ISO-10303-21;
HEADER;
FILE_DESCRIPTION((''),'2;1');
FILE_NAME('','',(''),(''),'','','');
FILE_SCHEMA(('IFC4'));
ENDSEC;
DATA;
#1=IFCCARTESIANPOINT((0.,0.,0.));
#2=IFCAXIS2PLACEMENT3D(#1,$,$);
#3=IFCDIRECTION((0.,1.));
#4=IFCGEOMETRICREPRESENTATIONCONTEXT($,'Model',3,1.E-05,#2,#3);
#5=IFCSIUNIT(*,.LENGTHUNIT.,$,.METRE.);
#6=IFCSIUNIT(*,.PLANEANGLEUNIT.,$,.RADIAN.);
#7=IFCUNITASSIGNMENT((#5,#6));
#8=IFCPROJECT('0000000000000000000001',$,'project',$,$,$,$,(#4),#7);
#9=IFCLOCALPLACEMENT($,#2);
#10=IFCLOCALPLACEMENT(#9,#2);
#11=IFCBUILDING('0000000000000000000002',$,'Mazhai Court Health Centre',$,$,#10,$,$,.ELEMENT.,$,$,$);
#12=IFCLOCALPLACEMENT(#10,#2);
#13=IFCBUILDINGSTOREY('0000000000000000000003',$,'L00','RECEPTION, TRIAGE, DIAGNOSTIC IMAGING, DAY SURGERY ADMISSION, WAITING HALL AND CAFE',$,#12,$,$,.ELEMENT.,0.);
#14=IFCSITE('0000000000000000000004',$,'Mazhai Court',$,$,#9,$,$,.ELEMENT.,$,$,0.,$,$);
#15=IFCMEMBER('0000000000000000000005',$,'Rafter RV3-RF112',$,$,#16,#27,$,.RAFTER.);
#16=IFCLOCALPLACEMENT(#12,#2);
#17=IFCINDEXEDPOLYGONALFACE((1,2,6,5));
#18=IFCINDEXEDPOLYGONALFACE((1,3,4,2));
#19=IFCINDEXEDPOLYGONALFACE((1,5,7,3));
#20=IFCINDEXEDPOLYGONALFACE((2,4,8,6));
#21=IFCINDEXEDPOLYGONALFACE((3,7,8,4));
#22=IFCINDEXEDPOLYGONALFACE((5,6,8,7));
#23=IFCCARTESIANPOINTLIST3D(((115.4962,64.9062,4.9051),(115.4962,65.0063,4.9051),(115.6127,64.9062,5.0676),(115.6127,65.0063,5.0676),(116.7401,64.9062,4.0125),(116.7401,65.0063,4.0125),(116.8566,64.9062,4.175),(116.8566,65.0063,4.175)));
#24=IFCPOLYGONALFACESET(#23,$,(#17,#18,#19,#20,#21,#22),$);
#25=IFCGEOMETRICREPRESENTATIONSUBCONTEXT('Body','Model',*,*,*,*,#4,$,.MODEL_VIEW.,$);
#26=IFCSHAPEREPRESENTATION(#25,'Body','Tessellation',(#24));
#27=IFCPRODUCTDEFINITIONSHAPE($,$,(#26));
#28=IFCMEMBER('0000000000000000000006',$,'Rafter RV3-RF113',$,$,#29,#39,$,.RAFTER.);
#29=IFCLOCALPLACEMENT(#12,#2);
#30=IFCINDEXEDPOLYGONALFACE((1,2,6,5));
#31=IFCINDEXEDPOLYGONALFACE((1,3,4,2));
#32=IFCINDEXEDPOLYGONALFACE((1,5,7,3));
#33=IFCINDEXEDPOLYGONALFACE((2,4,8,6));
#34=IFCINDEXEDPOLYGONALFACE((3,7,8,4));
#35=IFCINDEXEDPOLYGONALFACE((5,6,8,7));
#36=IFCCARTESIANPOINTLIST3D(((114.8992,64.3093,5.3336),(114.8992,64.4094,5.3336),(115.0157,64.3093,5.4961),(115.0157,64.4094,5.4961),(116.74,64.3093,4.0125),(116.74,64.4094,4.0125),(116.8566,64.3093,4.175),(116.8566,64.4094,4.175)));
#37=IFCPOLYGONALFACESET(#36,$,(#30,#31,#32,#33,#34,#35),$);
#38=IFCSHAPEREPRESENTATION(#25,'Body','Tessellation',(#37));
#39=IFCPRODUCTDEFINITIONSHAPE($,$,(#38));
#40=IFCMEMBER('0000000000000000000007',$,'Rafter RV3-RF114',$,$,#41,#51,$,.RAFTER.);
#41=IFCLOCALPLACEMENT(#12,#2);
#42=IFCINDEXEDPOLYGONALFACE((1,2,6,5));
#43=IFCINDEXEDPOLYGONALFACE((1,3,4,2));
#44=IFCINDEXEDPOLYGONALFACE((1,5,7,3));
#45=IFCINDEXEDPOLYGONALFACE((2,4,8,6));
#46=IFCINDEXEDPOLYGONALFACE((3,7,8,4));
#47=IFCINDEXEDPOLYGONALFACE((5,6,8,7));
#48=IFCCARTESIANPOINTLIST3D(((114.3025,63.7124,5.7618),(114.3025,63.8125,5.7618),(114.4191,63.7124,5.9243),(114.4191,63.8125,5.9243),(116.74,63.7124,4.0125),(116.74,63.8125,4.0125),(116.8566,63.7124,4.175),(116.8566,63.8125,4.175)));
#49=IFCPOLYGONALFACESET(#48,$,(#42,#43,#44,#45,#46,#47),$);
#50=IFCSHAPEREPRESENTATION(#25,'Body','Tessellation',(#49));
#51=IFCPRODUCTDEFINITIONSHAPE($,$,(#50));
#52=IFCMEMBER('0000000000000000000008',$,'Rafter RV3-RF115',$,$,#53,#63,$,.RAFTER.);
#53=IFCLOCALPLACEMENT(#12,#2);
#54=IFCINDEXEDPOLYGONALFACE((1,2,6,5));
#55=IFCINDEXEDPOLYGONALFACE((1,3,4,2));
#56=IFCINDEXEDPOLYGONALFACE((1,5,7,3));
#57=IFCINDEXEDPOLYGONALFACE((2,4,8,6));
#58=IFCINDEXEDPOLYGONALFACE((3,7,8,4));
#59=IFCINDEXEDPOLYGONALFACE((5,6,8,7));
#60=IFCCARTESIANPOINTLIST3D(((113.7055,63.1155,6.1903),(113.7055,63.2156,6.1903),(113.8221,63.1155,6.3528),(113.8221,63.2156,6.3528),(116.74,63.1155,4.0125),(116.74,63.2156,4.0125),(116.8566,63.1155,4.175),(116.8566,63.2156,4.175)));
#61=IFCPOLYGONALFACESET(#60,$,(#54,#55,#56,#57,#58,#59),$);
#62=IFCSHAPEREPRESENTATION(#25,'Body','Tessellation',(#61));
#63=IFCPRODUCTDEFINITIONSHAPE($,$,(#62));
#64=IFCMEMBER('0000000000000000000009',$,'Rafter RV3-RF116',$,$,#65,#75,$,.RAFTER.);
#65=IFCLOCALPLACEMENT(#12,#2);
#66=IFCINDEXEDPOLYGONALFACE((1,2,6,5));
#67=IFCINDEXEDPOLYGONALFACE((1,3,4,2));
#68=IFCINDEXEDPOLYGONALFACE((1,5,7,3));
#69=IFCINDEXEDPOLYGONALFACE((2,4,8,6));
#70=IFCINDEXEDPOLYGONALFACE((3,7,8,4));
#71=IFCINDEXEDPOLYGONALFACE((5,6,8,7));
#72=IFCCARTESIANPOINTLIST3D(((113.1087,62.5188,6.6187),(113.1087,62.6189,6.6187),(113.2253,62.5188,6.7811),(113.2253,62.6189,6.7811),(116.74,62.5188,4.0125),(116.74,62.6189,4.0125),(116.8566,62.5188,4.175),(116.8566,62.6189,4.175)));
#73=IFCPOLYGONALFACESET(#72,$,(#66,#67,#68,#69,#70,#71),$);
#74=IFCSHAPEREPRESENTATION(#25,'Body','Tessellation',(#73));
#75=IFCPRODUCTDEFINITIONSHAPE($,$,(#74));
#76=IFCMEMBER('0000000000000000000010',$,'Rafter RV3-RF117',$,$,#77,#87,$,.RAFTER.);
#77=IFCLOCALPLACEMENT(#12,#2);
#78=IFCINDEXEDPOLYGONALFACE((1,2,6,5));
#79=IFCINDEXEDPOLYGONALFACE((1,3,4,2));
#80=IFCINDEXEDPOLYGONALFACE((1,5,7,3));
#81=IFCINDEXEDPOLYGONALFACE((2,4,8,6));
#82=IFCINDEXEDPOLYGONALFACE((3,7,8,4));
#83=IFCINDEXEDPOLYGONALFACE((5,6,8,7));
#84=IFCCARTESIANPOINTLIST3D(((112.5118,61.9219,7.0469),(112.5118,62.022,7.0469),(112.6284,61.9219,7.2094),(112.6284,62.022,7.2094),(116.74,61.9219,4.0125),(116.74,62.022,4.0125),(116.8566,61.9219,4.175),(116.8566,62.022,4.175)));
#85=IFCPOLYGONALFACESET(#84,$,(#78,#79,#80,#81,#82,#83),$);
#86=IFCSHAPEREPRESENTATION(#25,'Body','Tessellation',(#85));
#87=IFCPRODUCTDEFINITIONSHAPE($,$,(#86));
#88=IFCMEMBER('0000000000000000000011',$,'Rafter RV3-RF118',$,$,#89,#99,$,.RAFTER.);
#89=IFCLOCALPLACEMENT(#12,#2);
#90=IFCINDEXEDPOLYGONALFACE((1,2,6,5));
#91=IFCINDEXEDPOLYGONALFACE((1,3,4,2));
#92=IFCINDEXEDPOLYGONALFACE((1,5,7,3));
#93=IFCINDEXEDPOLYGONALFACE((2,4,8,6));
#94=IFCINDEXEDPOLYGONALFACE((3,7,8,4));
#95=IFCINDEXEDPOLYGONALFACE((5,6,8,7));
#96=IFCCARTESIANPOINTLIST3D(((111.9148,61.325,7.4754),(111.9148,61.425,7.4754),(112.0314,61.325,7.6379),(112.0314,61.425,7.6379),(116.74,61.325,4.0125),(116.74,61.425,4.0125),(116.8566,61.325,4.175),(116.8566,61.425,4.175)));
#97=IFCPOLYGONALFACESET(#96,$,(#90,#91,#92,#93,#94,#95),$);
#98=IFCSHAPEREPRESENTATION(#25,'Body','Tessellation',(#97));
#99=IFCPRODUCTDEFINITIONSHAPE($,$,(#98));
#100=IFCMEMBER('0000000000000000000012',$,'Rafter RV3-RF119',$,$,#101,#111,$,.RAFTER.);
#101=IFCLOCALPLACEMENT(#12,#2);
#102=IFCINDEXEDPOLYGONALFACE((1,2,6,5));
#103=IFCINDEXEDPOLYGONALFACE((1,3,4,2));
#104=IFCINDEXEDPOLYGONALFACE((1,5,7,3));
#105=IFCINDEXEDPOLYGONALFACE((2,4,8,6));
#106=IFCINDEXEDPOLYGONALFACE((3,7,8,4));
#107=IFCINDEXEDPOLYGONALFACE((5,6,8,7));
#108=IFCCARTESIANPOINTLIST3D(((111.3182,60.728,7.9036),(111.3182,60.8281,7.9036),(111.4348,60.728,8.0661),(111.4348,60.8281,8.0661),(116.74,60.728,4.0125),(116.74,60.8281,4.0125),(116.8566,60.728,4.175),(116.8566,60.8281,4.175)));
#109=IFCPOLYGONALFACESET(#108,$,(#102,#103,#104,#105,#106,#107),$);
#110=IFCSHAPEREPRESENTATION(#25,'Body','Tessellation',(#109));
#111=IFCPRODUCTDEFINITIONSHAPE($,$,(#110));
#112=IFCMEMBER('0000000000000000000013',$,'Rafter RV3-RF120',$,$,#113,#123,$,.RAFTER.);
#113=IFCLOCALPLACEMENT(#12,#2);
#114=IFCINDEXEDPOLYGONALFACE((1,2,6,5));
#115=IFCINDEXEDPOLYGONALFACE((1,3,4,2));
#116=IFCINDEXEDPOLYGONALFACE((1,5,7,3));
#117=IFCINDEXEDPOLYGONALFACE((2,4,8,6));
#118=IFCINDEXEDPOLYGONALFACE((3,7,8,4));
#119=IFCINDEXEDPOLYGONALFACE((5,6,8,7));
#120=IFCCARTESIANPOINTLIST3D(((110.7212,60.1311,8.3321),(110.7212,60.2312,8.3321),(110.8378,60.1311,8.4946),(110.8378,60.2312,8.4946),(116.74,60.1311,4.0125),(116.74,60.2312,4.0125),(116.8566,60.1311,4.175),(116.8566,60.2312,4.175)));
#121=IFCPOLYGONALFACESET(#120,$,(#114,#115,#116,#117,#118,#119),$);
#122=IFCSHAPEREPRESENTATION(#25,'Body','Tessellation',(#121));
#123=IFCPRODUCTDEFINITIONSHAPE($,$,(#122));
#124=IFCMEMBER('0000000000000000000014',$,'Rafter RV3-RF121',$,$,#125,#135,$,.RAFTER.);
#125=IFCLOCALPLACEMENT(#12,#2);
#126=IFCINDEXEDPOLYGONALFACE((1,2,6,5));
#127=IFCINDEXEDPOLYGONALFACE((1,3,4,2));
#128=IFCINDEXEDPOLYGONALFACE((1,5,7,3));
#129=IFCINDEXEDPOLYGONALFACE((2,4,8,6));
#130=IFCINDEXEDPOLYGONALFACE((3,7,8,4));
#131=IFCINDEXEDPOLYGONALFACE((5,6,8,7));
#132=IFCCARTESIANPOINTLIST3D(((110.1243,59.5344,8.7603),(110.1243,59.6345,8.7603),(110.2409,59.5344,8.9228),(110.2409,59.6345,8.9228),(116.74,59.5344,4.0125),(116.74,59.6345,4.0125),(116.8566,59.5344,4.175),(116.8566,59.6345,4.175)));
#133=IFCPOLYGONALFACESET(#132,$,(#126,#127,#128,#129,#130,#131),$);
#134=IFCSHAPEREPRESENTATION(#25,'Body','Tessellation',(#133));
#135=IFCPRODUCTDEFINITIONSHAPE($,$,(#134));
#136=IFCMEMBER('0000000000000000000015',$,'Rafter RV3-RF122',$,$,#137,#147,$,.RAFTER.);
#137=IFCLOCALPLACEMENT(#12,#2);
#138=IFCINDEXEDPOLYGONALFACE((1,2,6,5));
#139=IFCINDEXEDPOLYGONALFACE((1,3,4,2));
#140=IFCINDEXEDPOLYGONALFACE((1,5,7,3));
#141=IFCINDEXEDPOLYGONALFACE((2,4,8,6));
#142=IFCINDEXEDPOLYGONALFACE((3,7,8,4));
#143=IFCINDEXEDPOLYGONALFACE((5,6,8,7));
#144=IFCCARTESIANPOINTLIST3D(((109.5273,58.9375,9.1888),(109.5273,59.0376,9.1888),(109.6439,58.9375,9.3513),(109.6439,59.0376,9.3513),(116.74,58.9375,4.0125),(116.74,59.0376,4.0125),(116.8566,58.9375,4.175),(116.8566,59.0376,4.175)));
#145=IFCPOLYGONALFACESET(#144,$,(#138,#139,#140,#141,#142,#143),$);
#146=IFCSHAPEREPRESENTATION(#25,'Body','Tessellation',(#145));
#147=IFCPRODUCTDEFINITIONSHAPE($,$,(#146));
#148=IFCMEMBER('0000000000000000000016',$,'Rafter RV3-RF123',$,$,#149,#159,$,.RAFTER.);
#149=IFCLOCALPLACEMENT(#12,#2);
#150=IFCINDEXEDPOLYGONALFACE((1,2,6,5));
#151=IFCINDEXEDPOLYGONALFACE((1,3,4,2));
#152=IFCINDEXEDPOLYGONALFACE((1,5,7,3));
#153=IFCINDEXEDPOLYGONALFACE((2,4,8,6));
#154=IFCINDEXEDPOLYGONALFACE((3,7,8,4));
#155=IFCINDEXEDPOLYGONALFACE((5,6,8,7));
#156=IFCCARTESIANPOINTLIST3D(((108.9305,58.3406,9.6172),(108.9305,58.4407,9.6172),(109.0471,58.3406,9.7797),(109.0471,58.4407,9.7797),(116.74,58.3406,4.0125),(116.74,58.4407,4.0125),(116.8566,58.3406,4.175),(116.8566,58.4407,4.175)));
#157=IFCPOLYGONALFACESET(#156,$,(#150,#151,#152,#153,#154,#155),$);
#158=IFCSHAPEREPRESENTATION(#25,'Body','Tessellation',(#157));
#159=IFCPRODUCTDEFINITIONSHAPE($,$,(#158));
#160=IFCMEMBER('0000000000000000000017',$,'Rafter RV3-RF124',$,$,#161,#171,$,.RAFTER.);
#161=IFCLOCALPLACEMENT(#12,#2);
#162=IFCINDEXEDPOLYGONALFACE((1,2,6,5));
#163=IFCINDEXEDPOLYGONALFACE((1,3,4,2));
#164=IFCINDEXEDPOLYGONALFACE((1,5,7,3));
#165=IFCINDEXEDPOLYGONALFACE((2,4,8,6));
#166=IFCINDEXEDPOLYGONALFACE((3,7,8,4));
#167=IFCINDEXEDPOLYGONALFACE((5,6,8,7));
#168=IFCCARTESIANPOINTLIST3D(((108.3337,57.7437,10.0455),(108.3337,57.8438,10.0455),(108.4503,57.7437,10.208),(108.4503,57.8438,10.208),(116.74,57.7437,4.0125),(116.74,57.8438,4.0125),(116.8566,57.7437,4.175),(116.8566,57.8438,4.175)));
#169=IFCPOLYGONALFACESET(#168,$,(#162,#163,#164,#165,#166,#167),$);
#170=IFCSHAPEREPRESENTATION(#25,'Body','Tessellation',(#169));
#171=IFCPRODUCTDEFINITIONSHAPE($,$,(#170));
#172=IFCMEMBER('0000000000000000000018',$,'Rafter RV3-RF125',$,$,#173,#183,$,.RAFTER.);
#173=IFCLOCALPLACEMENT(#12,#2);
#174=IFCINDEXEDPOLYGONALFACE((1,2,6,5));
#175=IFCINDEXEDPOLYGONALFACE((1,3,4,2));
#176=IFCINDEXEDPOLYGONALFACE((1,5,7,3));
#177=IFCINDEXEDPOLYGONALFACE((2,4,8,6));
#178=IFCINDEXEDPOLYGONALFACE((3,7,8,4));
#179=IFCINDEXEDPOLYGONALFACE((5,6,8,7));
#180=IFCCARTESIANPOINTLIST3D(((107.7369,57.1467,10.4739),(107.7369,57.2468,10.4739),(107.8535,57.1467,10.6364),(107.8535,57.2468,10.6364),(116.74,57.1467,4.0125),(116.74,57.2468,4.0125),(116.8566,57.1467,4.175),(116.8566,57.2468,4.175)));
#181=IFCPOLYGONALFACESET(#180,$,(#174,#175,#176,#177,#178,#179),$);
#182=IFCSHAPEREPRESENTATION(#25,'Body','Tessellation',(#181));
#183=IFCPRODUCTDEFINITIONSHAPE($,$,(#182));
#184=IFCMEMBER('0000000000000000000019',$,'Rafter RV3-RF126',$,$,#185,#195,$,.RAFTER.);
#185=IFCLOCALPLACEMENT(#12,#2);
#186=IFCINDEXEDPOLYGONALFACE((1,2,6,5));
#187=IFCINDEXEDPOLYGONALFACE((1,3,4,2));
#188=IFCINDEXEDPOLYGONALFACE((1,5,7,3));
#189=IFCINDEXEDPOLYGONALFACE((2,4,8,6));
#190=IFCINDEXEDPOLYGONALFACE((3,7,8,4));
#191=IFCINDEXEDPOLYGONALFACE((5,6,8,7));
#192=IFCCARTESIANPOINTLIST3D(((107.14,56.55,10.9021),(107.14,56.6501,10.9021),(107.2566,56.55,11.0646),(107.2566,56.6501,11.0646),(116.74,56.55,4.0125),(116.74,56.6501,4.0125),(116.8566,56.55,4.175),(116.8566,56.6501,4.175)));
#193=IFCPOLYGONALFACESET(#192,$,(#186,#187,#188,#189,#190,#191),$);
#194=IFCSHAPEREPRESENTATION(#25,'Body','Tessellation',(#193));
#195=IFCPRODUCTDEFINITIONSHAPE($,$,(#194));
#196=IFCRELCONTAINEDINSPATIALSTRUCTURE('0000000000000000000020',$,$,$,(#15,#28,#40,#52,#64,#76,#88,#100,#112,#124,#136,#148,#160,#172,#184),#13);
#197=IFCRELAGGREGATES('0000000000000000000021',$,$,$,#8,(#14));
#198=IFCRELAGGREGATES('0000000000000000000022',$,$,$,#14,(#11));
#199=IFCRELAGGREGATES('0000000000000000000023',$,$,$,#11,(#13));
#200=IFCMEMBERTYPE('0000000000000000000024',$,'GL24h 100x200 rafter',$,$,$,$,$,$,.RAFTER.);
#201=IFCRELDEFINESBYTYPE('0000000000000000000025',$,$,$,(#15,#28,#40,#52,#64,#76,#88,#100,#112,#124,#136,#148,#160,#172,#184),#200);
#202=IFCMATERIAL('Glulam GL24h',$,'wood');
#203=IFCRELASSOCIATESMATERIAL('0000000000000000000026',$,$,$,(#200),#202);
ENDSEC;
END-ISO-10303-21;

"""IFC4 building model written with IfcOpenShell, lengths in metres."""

from ifc_helpers import new_model, si_unit, direction, frame, origin, origin_2d, place, context, subcontext, project, spatial, rectangle, extrude, material, material_profile, profile_set, type_object, element, save


model = new_model("IFC4")

# Units and contexts
model_context = context("Model", 3, precision=1e-05, world=origin(), true_north=direction((0.0, 1.0)))
body_context = subcontext(model_context, "Body", "Model", "MODEL_VIEW")
ifc_project = project(units=[si_unit("LENGTHUNIT", "METRE"), si_unit("PLANEANGLEUNIT", "RADIAN")], contexts=[model_context])

# Site, building, storey
site_placement = place(None, origin())
site = spatial("IfcSite", under=ifc_project, at=site_placement, Name="Mazhai Court", CompositionType="ELEMENT", RefElevation=0.0)
building_placement = place(site_placement, origin())
building = spatial("IfcBuilding", under=site, at=building_placement, Name="Mazhai Court Health Centre", CompositionType="ELEMENT")
storey_placement = place(building_placement, origin())
storey = spatial("IfcBuildingStorey", under=building, at=storey_placement, Name="L00", Description="RECEPTION, TRIAGE, DIAGNOSTIC IMAGING, DAY SURGERY ADMISSION, WAITING HALL AND CAFE", CompositionType="ELEMENT", Elevation=0.0)

# Members
ifc_material_1 = material(Name="Glulam GL24h", Category="wood")
ifc_material_profile_1 = material_profile(ifc_material_1, rectangle(XDim=0.1001, YDim=0.2, at=origin_2d()), Name="GL24h 100x200")
ifc_profile_set_1 = profile_set([ifc_material_profile_1], Name="Glulam GL24h")
member_type_1 = type_object("IfcMemberType", Name="GL24h 100x200 rafter", PredefinedType="RAFTER", material=ifc_profile_set_1)
member_1_placement = place(storey_placement, frame((116.7983, 64.9563, 4.0938), z_axis=(-0.812471, 0.0, 0.583002), x_axis=(0.0, -1.0, 0.0)))
element("IfcMember", 1, at=member_1_placement, inside=storey, type_object=member_type_1, Name="Rafter RV3-RF112", PredefinedType="RAFTER", context=body_context, shape_type="SweptSolid", body=[
    extrude(rectangle(XDim=0.1001, YDim=0.2, at=origin_2d()), origin(), (0.0, 0.0, 1.0), 1.531),
])
member_2_placement = place(storey_placement, frame((116.7983, 64.3594, 4.0938), z_axis=(-0.812443, 0.0, 0.583041), x_axis=(0.0, -1.0, 0.0)))
element("IfcMember", 2, at=member_2_placement, inside=storey, type_object=member_type_1, Name="Rafter RV3-RF113", PredefinedType="RAFTER", context=body_context, shape_type="SweptSolid", body=[
    extrude(rectangle(XDim=0.1001, YDim=0.2, at=origin_2d()), origin(), (0.0, 0.0, 1.0), 2.2659),
])
member_3_placement = place(storey_placement, frame((116.7983, 63.7625, 4.0938), z_axis=(-0.812439, 0.0, 0.583046), x_axis=(0.0, -1.0, 0.0)))
element("IfcMember", 3, at=member_3_placement, inside=storey, type_object=member_type_1, Name="Rafter RV3-RF114", PredefinedType="RAFTER", context=body_context, shape_type="SweptSolid", body=[
    extrude(rectangle(XDim=0.1001, YDim=0.2, at=origin_2d()), origin(), (0.0, 0.0, 1.0), 3.0002),
])
member_4_placement = place(storey_placement, frame((116.7983, 63.1655, 4.0938), z_axis=(-0.812429, 0.0, 0.583061), x_axis=(0.0, -1.0, 0.0)))
element("IfcMember", 4, at=member_4_placement, inside=storey, type_object=member_type_1, Name="Rafter RV3-RF115", PredefinedType="RAFTER", context=body_context, shape_type="SweptSolid", body=[
    extrude(rectangle(XDim=0.1001, YDim=0.2, at=origin_2d()), origin(), (0.0, 0.0, 1.0), 3.7351),
])
member_5_placement = place(storey_placement, frame((116.7983, 62.5688, 4.0938), z_axis=(-0.812421, 0.0, 0.583071), x_axis=(0.0, -1.0, 0.0)))
element("IfcMember", 5, at=member_5_placement, inside=storey, type_object=member_type_1, Name="Rafter RV3-RF116", PredefinedType="RAFTER", context=body_context, shape_type="SweptSolid", body=[
    extrude(rectangle(XDim=0.1001, YDim=0.2, at=origin_2d()), origin(), (0.0, 0.0, 1.0), 4.4697),
])
member_6_placement = place(storey_placement, frame((116.7983, 61.9719, 4.0938), z_axis=(-0.812438, 0.0, 0.583047), x_axis=(0.0, -1.0, 0.0)))
element("IfcMember", 6, at=member_6_placement, inside=storey, type_object=member_type_1, Name="Rafter RV3-RF117", PredefinedType="RAFTER", context=body_context, shape_type="SweptSolid", body=[
    extrude(rectangle(XDim=0.1001, YDim=0.2, at=origin_2d()), origin(), (0.0, 0.0, 1.0), 5.2043),
])
member_7_placement = place(storey_placement, frame((116.7983, 61.375, 4.0938), z_axis=(-0.812432, 0.0, 0.583057), x_axis=(0.0, -1.0, 0.0)))
element("IfcMember", 7, at=member_7_placement, inside=storey, type_object=member_type_1, Name="Rafter RV3-RF118", PredefinedType="RAFTER", context=body_context, shape_type="SweptSolid", body=[
    extrude(rectangle(XDim=0.1001, YDim=0.2, at=origin_2d()), origin(), (0.0, 0.0, 1.0), 5.9392),
])
member_8_placement = place(storey_placement, frame((116.7983, 60.7781, 4.0938), z_axis=(-0.812431, 0.0, 0.583057), x_axis=(0.0, -1.0, 0.0)))
element("IfcMember", 8, at=member_8_placement, inside=storey, type_object=member_type_1, Name="Rafter RV3-RF119", PredefinedType="RAFTER", context=body_context, shape_type="SweptSolid", body=[
    extrude(rectangle(XDim=0.1001, YDim=0.2, at=origin_2d()), origin(), (0.0, 0.0, 1.0), 6.6736),
])
member_9_placement = place(storey_placement, frame((116.7983, 60.1812, 4.0938), z_axis=(-0.812427, 0.0, 0.583063), x_axis=(0.0, -1.0, 0.0)))
element("IfcMember", 9, at=member_9_placement, inside=storey, type_object=member_type_1, Name="Rafter RV3-RF120", PredefinedType="RAFTER", context=body_context, shape_type="SweptSolid", body=[
    extrude(rectangle(XDim=0.1001, YDim=0.2, at=origin_2d()), origin(), (0.0, 0.0, 1.0), 7.4084),
])
member_10_placement = place(storey_placement, frame((116.7983, 59.5845, 4.0938), z_axis=(-0.812437, 0.0, 0.583049), x_axis=(0.0, -1.0, 0.0)))
element("IfcMember", 10, at=member_10_placement, inside=storey, type_object=member_type_1, Name="Rafter RV3-RF121", PredefinedType="RAFTER", context=body_context, shape_type="SweptSolid", body=[
    extrude(rectangle(XDim=0.1001, YDim=0.2, at=origin_2d()), origin(), (0.0, 0.0, 1.0), 8.1431),
])
member_11_placement = place(storey_placement, frame((116.7983, 58.9875, 4.0938), z_axis=(-0.812433, 0.0, 0.583055), x_axis=(0.0, -1.0, 0.0)))
element("IfcMember", 11, at=member_11_placement, inside=storey, type_object=member_type_1, Name="Rafter RV3-RF122", PredefinedType="RAFTER", context=body_context, shape_type="SweptSolid", body=[
    extrude(rectangle(XDim=0.1001, YDim=0.2, at=origin_2d()), origin(), (0.0, 0.0, 1.0), 8.8779),
])
member_12_placement = place(storey_placement, frame((116.7983, 58.3906, 4.0938), z_axis=(-0.812429, 0.0, 0.58306), x_axis=(0.0, -1.0, 0.0)))
element("IfcMember", 12, at=member_12_placement, inside=storey, type_object=member_type_1, Name="Rafter RV3-RF123", PredefinedType="RAFTER", context=body_context, shape_type="SweptSolid", body=[
    extrude(rectangle(XDim=0.1001, YDim=0.2, at=origin_2d()), origin(), (0.0, 0.0, 1.0), 9.6125),
])
member_13_placement = place(storey_placement, frame((116.7983, 57.7937, 4.0938), z_axis=(-0.812429, 0.0, 0.58306), x_axis=(0.0, -1.0, 0.0)))
element("IfcMember", 13, at=member_13_placement, inside=storey, type_object=member_type_1, Name="Rafter RV3-RF124", PredefinedType="RAFTER", context=body_context, shape_type="SweptSolid", body=[
    extrude(rectangle(XDim=0.1001, YDim=0.2, at=origin_2d()), origin(), (0.0, 0.0, 1.0), 10.3472),
])
member_14_placement = place(storey_placement, frame((116.7983, 57.1968, 4.0938), z_axis=(-0.812426, 0.0, 0.583064), x_axis=(0.0, -1.0, 0.0)))
element("IfcMember", 14, at=member_14_placement, inside=storey, type_object=member_type_1, Name="Rafter RV3-RF125", PredefinedType="RAFTER", context=body_context, shape_type="SweptSolid", body=[
    extrude(rectangle(XDim=0.1001, YDim=0.2, at=origin_2d()), origin(), (0.0, 0.0, 1.0), 11.0818),
])
member_15_placement = place(storey_placement, frame((116.7983, 56.6001, 4.0938), z_axis=(-0.812433, 0.0, 0.583054), x_axis=(0.0, -1.0, 0.0)))
element("IfcMember", 15, at=member_15_placement, inside=storey, type_object=member_type_1, Name="Rafter RV3-RF126", PredefinedType="RAFTER", context=body_context, shape_type="SweptSolid", body=[
    extrude(rectangle(XDim=0.1001, YDim=0.2, at=origin_2d()), origin(), (0.0, 0.0, 1.0), 11.8164),
])

save(model, "model.ifc")
